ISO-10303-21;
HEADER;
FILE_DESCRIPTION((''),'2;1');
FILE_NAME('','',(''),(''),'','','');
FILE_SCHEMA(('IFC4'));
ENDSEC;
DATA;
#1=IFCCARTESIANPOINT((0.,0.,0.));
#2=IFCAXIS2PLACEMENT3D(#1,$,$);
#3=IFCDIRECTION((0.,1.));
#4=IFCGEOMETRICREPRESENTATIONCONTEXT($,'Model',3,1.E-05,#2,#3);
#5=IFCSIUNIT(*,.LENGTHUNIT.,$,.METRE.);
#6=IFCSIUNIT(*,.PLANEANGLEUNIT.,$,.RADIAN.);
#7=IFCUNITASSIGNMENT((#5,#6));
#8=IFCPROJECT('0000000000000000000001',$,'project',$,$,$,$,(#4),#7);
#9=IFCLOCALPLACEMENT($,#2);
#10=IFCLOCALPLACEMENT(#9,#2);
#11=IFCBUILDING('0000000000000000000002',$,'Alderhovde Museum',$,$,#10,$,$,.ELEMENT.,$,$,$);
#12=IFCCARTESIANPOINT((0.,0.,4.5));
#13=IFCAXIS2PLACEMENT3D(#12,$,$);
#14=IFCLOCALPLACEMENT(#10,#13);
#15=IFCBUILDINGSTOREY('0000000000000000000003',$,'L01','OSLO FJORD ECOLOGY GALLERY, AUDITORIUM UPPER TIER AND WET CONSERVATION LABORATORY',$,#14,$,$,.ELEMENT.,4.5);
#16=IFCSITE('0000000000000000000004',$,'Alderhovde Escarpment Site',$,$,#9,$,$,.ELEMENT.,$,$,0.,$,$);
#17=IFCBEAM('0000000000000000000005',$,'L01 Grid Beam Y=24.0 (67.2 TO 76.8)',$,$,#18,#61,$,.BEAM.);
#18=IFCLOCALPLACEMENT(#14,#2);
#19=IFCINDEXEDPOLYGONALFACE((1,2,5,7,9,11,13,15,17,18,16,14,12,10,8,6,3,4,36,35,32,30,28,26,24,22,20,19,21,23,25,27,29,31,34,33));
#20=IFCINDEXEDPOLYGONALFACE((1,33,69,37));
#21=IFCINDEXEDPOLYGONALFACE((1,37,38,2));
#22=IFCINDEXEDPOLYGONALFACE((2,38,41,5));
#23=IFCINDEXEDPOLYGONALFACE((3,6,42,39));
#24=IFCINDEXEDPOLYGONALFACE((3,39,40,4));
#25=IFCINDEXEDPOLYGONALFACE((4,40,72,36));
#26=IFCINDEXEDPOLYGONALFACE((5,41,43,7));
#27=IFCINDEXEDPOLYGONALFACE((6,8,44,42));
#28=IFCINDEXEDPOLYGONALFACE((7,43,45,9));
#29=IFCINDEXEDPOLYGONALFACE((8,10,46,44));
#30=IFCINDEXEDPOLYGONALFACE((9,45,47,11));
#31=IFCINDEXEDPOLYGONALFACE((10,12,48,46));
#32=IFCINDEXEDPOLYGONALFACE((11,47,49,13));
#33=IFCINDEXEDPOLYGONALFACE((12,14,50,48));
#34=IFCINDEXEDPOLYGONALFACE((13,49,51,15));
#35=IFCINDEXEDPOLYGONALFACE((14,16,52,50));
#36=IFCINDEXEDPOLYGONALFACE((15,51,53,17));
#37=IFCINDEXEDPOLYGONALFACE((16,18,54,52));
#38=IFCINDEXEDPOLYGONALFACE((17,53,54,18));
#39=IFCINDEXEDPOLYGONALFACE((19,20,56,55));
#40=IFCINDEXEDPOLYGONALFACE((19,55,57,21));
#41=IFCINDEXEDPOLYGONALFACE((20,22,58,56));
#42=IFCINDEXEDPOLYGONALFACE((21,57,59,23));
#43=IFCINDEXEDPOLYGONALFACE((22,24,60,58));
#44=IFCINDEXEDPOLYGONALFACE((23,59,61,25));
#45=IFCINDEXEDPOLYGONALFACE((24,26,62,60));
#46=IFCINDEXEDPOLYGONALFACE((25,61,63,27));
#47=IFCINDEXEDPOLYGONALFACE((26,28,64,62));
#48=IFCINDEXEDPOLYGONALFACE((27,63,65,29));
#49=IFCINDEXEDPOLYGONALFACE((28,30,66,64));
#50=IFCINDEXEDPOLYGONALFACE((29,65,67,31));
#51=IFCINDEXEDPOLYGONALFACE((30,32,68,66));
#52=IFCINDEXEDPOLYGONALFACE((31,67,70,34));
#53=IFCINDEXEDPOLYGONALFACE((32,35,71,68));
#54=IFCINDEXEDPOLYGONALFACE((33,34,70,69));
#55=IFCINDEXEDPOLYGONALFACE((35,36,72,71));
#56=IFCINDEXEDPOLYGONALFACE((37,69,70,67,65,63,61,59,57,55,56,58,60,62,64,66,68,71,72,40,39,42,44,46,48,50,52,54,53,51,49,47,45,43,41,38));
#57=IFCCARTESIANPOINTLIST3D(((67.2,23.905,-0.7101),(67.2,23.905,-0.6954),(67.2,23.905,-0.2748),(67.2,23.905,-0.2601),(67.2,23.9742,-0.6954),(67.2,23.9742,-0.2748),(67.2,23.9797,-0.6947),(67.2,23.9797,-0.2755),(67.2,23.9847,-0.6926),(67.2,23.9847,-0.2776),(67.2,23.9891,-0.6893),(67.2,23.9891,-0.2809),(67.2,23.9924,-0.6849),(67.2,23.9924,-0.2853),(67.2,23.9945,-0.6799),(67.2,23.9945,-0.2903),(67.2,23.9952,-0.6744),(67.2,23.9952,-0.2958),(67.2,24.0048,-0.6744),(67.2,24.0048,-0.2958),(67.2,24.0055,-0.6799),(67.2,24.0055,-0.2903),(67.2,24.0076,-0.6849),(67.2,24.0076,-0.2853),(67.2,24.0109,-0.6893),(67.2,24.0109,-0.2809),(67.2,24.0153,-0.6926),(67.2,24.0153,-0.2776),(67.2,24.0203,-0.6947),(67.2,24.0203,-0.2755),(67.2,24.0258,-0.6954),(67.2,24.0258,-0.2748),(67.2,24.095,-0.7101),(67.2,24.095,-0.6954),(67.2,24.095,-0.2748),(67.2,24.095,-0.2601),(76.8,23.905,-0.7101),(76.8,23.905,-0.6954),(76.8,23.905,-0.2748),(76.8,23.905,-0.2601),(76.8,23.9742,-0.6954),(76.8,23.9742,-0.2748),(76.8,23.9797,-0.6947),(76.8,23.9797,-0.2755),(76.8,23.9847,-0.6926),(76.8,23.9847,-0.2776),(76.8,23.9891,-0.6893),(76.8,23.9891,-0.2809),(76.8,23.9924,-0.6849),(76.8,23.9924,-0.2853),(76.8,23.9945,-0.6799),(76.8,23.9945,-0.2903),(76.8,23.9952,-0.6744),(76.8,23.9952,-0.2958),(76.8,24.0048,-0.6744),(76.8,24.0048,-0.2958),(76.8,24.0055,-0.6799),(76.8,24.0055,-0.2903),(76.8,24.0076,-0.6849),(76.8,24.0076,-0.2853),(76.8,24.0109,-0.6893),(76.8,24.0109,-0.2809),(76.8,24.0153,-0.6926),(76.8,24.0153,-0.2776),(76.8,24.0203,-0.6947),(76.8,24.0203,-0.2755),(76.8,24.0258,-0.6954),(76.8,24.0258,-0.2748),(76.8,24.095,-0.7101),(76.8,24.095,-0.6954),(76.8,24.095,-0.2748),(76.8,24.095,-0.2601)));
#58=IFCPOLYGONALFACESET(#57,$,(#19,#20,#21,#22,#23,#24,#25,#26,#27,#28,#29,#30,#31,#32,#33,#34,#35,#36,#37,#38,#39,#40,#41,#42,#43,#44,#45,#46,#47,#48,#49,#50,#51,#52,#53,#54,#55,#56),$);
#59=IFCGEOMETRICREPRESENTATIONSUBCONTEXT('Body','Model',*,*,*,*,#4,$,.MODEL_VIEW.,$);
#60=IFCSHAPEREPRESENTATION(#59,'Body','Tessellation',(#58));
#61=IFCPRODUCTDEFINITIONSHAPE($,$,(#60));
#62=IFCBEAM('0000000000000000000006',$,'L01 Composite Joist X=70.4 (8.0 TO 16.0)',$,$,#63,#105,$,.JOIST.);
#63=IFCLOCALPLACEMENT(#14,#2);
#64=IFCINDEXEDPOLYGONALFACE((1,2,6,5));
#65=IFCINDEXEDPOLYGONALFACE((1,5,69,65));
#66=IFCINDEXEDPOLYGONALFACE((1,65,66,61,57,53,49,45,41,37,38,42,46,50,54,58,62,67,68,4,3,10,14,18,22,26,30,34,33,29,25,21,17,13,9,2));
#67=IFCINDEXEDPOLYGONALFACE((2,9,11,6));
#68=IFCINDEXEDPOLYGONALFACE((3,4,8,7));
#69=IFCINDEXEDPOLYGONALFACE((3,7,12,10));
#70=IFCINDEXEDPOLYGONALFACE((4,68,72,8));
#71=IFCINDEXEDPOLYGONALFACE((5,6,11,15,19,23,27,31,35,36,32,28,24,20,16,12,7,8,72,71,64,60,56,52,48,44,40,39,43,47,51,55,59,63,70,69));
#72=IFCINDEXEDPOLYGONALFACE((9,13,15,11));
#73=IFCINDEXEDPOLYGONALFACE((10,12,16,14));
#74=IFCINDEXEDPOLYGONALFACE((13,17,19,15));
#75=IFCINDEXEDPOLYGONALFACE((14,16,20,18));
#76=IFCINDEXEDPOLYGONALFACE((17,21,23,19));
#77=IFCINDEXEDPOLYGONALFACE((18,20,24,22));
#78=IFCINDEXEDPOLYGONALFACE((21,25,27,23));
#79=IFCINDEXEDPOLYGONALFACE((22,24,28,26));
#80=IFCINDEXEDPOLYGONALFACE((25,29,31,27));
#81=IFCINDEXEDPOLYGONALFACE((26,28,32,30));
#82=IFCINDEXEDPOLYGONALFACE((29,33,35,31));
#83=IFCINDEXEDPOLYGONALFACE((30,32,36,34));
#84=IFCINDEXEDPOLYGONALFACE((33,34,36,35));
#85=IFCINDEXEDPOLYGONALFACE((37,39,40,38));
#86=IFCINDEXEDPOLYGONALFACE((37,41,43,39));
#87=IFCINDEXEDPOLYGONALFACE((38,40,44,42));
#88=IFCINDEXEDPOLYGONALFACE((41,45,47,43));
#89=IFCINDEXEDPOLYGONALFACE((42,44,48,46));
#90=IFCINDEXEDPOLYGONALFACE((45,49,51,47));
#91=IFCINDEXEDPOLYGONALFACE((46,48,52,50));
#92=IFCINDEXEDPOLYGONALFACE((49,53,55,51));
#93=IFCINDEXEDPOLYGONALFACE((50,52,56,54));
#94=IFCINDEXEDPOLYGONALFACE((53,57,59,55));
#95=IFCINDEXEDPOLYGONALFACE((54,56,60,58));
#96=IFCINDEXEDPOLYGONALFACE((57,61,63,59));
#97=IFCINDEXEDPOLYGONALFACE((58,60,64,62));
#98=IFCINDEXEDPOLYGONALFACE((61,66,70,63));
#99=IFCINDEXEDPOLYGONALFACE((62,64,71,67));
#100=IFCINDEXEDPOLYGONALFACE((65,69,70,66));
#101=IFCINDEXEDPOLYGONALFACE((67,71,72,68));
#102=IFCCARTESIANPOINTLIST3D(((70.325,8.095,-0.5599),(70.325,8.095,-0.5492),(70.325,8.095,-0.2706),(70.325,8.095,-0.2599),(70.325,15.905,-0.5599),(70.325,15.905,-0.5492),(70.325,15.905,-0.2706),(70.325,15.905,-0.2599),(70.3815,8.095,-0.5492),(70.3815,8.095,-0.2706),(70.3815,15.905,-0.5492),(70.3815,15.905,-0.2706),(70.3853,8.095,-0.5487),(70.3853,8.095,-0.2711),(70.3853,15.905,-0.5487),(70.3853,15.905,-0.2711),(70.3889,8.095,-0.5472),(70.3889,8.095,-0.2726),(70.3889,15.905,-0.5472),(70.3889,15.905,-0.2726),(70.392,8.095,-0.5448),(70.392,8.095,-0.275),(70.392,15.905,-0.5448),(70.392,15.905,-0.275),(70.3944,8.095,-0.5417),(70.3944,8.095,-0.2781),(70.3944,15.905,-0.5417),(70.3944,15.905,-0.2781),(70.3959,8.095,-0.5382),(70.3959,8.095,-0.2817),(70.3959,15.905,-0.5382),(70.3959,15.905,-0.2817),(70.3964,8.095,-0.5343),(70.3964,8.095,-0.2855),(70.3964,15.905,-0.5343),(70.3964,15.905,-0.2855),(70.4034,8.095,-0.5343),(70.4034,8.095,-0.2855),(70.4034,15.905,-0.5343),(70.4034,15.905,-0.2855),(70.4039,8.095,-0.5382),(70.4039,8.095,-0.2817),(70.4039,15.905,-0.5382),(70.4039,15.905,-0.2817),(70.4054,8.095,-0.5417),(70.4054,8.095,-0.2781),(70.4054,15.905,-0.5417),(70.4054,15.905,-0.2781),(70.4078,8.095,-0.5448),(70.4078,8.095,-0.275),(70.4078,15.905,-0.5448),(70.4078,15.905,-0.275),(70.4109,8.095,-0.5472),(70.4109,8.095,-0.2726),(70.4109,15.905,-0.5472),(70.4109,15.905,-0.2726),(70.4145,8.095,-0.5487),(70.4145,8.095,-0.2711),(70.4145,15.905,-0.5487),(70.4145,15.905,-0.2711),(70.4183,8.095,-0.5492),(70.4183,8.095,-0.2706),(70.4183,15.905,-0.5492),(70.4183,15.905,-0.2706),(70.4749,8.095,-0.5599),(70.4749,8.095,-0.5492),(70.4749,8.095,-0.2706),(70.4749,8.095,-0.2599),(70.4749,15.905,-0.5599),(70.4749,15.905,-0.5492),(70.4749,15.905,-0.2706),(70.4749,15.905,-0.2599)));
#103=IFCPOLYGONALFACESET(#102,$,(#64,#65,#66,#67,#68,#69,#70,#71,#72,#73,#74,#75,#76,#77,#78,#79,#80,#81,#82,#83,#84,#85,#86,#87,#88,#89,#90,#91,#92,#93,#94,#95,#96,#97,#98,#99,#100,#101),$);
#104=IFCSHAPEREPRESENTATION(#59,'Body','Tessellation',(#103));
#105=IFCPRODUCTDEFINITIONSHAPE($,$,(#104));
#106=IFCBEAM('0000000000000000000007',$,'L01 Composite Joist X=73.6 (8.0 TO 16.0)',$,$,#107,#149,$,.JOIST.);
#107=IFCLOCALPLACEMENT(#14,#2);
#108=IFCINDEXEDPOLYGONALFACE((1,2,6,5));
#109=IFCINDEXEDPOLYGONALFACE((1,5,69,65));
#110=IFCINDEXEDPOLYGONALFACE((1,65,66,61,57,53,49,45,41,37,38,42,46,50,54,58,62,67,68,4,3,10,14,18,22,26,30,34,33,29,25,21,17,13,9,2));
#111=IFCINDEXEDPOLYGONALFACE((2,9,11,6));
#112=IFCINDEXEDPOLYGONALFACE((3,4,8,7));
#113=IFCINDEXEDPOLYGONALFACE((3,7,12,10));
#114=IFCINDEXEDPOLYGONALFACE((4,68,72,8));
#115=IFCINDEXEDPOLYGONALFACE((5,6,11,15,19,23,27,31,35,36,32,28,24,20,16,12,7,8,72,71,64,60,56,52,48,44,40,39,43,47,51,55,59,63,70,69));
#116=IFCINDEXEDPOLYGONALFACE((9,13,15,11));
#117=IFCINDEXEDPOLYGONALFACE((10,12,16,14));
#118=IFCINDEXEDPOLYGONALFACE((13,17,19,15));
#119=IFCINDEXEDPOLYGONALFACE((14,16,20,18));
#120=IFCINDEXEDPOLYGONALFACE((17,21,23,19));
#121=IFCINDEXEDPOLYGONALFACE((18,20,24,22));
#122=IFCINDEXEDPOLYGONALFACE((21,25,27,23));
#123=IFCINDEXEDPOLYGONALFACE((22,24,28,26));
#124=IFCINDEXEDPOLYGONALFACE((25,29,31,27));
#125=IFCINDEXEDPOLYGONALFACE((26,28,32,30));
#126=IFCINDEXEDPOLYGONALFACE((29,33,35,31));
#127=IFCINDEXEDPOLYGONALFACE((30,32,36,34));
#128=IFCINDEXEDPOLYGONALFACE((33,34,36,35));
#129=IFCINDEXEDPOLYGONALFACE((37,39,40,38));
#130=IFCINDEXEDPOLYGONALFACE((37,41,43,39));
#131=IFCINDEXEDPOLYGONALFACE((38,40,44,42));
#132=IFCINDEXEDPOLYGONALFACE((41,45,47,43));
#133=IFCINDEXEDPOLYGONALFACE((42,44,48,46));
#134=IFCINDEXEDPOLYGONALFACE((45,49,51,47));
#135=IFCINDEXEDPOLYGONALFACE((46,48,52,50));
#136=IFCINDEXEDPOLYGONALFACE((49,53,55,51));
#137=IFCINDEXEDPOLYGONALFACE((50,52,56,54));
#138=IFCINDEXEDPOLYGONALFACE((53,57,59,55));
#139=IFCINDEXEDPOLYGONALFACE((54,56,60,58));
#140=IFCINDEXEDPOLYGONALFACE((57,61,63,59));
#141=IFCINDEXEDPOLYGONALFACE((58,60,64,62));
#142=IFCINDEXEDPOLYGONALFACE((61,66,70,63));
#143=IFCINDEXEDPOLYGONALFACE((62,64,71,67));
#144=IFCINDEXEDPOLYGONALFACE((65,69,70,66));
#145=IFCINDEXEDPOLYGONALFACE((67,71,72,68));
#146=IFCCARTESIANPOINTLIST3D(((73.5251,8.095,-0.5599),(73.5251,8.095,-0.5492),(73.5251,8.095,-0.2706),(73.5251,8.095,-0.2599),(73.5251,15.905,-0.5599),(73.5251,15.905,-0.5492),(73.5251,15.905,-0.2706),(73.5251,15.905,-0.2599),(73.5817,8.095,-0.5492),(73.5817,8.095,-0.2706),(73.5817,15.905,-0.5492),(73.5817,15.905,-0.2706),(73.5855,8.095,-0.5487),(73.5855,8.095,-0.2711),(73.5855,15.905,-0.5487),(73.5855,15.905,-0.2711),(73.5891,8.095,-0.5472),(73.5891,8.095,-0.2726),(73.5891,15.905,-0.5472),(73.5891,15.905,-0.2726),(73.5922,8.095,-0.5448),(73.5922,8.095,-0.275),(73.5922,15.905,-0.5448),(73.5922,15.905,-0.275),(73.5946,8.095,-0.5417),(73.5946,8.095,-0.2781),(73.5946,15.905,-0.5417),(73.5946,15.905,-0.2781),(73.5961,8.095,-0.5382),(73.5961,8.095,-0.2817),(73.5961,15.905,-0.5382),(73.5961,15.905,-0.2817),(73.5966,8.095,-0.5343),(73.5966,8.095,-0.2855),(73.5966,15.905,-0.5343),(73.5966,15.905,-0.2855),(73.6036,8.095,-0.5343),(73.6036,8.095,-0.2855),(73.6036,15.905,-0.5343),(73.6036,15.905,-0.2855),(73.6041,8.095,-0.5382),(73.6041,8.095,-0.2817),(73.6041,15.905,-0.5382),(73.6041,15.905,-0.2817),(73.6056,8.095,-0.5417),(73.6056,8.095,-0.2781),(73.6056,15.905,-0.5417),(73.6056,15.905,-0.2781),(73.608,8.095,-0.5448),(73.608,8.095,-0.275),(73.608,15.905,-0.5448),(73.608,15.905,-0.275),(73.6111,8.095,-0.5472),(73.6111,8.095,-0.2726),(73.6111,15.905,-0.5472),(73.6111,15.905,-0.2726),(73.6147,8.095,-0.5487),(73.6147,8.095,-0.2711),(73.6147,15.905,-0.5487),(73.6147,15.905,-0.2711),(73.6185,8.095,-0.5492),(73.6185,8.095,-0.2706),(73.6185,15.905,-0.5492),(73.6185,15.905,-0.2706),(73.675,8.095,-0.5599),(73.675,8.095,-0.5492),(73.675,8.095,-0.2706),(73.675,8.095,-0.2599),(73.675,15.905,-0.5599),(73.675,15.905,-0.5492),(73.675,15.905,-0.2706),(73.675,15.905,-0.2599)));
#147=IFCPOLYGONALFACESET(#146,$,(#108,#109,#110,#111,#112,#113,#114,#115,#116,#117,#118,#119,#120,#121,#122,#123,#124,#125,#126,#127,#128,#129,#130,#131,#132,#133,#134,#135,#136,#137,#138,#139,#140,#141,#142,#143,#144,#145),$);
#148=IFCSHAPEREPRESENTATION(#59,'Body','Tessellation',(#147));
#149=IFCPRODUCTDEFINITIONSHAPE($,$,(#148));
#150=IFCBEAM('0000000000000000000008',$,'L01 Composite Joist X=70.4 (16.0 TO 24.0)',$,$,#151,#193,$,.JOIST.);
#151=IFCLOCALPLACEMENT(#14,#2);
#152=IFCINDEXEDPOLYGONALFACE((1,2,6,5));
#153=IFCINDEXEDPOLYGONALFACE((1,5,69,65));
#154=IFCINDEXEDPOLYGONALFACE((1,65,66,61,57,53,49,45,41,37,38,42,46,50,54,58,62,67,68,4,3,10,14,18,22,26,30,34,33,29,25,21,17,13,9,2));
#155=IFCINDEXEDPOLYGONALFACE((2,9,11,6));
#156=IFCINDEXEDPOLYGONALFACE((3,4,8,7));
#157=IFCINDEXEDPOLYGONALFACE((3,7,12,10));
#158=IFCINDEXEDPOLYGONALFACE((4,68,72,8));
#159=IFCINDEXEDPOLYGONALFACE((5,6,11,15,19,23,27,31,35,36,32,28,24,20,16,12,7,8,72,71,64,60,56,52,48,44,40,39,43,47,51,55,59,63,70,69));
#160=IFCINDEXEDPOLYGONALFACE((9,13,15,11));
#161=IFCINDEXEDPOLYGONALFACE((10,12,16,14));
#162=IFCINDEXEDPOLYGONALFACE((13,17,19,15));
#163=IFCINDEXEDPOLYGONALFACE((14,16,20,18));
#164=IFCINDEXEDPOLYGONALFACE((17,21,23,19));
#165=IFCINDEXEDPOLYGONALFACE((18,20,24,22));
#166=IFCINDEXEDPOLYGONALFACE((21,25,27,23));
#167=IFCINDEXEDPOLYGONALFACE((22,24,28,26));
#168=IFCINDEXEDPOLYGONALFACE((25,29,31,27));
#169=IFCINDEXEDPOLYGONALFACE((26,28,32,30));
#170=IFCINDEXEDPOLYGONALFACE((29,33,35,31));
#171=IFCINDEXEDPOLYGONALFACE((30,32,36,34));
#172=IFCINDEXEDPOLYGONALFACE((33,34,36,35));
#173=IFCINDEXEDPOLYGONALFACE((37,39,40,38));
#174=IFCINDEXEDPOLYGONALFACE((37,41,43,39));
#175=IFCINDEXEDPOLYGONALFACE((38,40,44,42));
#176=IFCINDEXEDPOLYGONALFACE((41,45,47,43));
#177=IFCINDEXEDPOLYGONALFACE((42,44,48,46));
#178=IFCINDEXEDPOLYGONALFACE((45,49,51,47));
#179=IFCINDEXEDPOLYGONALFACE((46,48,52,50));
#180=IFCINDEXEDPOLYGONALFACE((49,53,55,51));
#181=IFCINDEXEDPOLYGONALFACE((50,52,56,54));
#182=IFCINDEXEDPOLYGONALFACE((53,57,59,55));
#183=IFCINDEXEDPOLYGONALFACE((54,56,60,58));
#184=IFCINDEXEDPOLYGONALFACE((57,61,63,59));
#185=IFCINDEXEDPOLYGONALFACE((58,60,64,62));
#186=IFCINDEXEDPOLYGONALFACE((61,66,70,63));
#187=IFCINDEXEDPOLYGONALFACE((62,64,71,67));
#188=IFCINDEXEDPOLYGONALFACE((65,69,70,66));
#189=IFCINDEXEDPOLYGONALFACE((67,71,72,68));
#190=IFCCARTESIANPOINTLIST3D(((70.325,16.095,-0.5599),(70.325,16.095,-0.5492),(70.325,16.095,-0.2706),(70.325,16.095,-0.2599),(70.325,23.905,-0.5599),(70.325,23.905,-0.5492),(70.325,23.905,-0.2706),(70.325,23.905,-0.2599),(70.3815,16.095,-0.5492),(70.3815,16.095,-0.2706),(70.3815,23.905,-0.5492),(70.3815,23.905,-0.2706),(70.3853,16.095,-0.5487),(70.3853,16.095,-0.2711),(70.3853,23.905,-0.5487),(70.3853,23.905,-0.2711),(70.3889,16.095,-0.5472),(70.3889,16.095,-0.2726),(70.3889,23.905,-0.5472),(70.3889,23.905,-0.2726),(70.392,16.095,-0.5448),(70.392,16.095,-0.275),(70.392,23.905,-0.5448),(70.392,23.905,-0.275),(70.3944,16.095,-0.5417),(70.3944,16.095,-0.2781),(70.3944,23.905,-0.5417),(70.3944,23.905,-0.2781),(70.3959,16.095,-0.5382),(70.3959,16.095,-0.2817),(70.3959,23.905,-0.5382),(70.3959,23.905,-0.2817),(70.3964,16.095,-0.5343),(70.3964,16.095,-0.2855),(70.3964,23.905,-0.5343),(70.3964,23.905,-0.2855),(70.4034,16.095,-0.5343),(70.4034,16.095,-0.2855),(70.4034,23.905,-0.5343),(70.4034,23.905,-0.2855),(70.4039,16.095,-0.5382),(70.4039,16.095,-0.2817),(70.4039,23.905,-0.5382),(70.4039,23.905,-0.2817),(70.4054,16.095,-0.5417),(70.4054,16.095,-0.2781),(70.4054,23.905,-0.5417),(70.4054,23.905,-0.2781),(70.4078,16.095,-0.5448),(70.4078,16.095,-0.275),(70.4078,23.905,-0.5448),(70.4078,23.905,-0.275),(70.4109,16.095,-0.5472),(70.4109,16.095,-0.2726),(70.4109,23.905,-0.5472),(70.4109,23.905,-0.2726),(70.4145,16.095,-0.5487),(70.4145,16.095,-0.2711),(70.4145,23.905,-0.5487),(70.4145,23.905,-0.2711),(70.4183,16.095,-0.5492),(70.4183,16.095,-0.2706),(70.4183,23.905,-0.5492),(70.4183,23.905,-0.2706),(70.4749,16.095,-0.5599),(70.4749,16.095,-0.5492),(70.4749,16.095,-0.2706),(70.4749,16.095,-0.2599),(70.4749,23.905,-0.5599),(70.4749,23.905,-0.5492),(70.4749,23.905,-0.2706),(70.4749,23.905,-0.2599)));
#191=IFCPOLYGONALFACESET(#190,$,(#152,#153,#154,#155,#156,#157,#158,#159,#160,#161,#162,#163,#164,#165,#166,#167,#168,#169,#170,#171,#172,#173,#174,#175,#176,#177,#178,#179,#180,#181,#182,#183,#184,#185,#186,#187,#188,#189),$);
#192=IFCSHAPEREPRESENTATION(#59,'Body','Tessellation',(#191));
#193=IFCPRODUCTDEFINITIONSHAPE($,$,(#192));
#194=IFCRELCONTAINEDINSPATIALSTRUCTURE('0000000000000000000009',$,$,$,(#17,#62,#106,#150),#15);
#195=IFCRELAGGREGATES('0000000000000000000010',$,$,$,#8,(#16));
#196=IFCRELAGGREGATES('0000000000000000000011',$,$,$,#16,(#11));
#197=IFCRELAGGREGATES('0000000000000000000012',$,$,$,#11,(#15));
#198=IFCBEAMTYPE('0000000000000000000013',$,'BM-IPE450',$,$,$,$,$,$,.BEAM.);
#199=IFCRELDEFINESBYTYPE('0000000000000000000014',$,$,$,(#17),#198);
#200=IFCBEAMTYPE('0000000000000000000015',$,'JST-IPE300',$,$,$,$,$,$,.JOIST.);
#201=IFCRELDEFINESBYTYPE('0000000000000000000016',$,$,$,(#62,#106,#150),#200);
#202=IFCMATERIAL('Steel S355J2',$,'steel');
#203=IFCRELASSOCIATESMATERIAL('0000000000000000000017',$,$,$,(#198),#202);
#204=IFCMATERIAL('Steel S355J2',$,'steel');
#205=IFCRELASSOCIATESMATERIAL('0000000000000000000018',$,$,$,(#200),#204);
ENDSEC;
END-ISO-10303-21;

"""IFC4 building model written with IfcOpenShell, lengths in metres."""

from ifc_helpers import new_model, si_unit, direction, frame, origin, origin_2d, place, context, subcontext, project, spatial, i_section, extrude, material, material_profile, profile_set, type_object, element, save


model = new_model("IFC4")

# Units and contexts
model_context = context("Model", 3, precision=1e-05, world=origin(), true_north=direction((0.0, 1.0)))
body_context = subcontext(model_context, "Body", "Model", "MODEL_VIEW")
ifc_project = project(units=[si_unit("LENGTHUNIT", "METRE"), si_unit("PLANEANGLEUNIT", "RADIAN")], contexts=[model_context])

# Site, building, storey
site_placement = place(None, origin())
site = spatial("IfcSite", under=ifc_project, at=site_placement, Name="Alderhovde Escarpment Site", CompositionType="ELEMENT", RefElevation=0.0)
building_placement = place(site_placement, origin())
building = spatial("IfcBuilding", under=site, at=building_placement, Name="Alderhovde Museum", CompositionType="ELEMENT")
storey_placement = place(building_placement, frame((0.0, 0.0, 4.5)))
storey = spatial("IfcBuildingStorey", under=building, at=storey_placement, Name="L01", Description="OSLO FJORD ECOLOGY GALLERY, AUDITORIUM UPPER TIER AND WET CONSERVATION LABORATORY", CompositionType="ELEMENT", Elevation=4.5)

# Beams
ifc_material_1 = material(Name="Steel S355J2", Category="steel")
ifc_material_profile_1 = material_profile(ifc_material_1, i_section(OverallWidth=0.1899, OverallDepth=0.45, WebThickness=0.0095, FlangeThickness=0.0146, FilletRadius=0.021, at=origin_2d()), Name="IPE 450")
ifc_profile_set_1 = profile_set([ifc_material_profile_1], Name="Steel S355J2")
beam_type_1 = type_object("IfcBeamType", Name="BM-IPE450", PredefinedType="BEAM", material=ifc_profile_set_1)
for number, where, z_axis, x_axis, name in (
    (1, (67.2, 24.0, -0.4851), (1.0, 0.0, 0.0), (0.0, 1.0, 0.0), "L01 Grid Beam Y=24.0 (67.2 TO 76.8)"),
):
    element("IfcBeam", number, at=place(storey_placement, frame(where, z_axis=z_axis, x_axis=x_axis)), inside=storey, type_object=beam_type_1, Name=name, PredefinedType="BEAM", context=body_context, shape_type="SweptSolid", body=[
        extrude(i_section(OverallWidth=0.1899, OverallDepth=0.45, WebThickness=0.0095, FlangeThickness=0.0146, FilletRadius=0.021, at=origin_2d()), origin(), (0.0, 0.0, 1.0), 9.6001),
    ])
ifc_material_2 = material(Name="Steel S355J2", Category="steel")
ifc_material_profile_2 = material_profile(ifc_material_2, i_section(OverallWidth=0.1499, OverallDepth=0.3, WebThickness=0.0071, FlangeThickness=0.0107, FilletRadius=0.0149, at=origin_2d()), Name="IPE 300")
ifc_profile_set_2 = profile_set([ifc_material_profile_2], Name="Steel S355J2")
beam_type_2 = type_object("IfcBeamType", Name="JST-IPE300", PredefinedType="JOIST", material=ifc_profile_set_2)
for number, where, z_axis, x_axis, name in (
    (2, (70.3999, 8.095, -0.4099), (0.0, 1.0, 0.0), (-1.0, 0.0, 0.0), "L01 Composite Joist X=70.4 (8.0 TO 16.0)"),
    (3, (73.6001, 8.095, -0.4099), (0.0, 1.0, 0.0), (-1.0, 0.0, 0.0), "L01 Composite Joist X=73.6 (8.0 TO 16.0)"),
    (4, (70.3999, 16.095, -0.4099), (0.0, 1.0, 0.0), (-1.0, 0.0, 0.0), "L01 Composite Joist X=70.4 (16.0 TO 24.0)"),
):
    element("IfcBeam", number, at=place(storey_placement, frame(where, z_axis=z_axis, x_axis=x_axis)), inside=storey, type_object=beam_type_2, Name=name, PredefinedType="JOIST", context=body_context, shape_type="SweptSolid", body=[
        extrude(i_section(OverallWidth=0.1499, OverallDepth=0.3, WebThickness=0.0071, FlangeThickness=0.0107, FilletRadius=0.0149, at=origin_2d()), origin(), (0.0, 0.0, 1.0), 7.8101),
    ])

save(model, "model.ifc")
